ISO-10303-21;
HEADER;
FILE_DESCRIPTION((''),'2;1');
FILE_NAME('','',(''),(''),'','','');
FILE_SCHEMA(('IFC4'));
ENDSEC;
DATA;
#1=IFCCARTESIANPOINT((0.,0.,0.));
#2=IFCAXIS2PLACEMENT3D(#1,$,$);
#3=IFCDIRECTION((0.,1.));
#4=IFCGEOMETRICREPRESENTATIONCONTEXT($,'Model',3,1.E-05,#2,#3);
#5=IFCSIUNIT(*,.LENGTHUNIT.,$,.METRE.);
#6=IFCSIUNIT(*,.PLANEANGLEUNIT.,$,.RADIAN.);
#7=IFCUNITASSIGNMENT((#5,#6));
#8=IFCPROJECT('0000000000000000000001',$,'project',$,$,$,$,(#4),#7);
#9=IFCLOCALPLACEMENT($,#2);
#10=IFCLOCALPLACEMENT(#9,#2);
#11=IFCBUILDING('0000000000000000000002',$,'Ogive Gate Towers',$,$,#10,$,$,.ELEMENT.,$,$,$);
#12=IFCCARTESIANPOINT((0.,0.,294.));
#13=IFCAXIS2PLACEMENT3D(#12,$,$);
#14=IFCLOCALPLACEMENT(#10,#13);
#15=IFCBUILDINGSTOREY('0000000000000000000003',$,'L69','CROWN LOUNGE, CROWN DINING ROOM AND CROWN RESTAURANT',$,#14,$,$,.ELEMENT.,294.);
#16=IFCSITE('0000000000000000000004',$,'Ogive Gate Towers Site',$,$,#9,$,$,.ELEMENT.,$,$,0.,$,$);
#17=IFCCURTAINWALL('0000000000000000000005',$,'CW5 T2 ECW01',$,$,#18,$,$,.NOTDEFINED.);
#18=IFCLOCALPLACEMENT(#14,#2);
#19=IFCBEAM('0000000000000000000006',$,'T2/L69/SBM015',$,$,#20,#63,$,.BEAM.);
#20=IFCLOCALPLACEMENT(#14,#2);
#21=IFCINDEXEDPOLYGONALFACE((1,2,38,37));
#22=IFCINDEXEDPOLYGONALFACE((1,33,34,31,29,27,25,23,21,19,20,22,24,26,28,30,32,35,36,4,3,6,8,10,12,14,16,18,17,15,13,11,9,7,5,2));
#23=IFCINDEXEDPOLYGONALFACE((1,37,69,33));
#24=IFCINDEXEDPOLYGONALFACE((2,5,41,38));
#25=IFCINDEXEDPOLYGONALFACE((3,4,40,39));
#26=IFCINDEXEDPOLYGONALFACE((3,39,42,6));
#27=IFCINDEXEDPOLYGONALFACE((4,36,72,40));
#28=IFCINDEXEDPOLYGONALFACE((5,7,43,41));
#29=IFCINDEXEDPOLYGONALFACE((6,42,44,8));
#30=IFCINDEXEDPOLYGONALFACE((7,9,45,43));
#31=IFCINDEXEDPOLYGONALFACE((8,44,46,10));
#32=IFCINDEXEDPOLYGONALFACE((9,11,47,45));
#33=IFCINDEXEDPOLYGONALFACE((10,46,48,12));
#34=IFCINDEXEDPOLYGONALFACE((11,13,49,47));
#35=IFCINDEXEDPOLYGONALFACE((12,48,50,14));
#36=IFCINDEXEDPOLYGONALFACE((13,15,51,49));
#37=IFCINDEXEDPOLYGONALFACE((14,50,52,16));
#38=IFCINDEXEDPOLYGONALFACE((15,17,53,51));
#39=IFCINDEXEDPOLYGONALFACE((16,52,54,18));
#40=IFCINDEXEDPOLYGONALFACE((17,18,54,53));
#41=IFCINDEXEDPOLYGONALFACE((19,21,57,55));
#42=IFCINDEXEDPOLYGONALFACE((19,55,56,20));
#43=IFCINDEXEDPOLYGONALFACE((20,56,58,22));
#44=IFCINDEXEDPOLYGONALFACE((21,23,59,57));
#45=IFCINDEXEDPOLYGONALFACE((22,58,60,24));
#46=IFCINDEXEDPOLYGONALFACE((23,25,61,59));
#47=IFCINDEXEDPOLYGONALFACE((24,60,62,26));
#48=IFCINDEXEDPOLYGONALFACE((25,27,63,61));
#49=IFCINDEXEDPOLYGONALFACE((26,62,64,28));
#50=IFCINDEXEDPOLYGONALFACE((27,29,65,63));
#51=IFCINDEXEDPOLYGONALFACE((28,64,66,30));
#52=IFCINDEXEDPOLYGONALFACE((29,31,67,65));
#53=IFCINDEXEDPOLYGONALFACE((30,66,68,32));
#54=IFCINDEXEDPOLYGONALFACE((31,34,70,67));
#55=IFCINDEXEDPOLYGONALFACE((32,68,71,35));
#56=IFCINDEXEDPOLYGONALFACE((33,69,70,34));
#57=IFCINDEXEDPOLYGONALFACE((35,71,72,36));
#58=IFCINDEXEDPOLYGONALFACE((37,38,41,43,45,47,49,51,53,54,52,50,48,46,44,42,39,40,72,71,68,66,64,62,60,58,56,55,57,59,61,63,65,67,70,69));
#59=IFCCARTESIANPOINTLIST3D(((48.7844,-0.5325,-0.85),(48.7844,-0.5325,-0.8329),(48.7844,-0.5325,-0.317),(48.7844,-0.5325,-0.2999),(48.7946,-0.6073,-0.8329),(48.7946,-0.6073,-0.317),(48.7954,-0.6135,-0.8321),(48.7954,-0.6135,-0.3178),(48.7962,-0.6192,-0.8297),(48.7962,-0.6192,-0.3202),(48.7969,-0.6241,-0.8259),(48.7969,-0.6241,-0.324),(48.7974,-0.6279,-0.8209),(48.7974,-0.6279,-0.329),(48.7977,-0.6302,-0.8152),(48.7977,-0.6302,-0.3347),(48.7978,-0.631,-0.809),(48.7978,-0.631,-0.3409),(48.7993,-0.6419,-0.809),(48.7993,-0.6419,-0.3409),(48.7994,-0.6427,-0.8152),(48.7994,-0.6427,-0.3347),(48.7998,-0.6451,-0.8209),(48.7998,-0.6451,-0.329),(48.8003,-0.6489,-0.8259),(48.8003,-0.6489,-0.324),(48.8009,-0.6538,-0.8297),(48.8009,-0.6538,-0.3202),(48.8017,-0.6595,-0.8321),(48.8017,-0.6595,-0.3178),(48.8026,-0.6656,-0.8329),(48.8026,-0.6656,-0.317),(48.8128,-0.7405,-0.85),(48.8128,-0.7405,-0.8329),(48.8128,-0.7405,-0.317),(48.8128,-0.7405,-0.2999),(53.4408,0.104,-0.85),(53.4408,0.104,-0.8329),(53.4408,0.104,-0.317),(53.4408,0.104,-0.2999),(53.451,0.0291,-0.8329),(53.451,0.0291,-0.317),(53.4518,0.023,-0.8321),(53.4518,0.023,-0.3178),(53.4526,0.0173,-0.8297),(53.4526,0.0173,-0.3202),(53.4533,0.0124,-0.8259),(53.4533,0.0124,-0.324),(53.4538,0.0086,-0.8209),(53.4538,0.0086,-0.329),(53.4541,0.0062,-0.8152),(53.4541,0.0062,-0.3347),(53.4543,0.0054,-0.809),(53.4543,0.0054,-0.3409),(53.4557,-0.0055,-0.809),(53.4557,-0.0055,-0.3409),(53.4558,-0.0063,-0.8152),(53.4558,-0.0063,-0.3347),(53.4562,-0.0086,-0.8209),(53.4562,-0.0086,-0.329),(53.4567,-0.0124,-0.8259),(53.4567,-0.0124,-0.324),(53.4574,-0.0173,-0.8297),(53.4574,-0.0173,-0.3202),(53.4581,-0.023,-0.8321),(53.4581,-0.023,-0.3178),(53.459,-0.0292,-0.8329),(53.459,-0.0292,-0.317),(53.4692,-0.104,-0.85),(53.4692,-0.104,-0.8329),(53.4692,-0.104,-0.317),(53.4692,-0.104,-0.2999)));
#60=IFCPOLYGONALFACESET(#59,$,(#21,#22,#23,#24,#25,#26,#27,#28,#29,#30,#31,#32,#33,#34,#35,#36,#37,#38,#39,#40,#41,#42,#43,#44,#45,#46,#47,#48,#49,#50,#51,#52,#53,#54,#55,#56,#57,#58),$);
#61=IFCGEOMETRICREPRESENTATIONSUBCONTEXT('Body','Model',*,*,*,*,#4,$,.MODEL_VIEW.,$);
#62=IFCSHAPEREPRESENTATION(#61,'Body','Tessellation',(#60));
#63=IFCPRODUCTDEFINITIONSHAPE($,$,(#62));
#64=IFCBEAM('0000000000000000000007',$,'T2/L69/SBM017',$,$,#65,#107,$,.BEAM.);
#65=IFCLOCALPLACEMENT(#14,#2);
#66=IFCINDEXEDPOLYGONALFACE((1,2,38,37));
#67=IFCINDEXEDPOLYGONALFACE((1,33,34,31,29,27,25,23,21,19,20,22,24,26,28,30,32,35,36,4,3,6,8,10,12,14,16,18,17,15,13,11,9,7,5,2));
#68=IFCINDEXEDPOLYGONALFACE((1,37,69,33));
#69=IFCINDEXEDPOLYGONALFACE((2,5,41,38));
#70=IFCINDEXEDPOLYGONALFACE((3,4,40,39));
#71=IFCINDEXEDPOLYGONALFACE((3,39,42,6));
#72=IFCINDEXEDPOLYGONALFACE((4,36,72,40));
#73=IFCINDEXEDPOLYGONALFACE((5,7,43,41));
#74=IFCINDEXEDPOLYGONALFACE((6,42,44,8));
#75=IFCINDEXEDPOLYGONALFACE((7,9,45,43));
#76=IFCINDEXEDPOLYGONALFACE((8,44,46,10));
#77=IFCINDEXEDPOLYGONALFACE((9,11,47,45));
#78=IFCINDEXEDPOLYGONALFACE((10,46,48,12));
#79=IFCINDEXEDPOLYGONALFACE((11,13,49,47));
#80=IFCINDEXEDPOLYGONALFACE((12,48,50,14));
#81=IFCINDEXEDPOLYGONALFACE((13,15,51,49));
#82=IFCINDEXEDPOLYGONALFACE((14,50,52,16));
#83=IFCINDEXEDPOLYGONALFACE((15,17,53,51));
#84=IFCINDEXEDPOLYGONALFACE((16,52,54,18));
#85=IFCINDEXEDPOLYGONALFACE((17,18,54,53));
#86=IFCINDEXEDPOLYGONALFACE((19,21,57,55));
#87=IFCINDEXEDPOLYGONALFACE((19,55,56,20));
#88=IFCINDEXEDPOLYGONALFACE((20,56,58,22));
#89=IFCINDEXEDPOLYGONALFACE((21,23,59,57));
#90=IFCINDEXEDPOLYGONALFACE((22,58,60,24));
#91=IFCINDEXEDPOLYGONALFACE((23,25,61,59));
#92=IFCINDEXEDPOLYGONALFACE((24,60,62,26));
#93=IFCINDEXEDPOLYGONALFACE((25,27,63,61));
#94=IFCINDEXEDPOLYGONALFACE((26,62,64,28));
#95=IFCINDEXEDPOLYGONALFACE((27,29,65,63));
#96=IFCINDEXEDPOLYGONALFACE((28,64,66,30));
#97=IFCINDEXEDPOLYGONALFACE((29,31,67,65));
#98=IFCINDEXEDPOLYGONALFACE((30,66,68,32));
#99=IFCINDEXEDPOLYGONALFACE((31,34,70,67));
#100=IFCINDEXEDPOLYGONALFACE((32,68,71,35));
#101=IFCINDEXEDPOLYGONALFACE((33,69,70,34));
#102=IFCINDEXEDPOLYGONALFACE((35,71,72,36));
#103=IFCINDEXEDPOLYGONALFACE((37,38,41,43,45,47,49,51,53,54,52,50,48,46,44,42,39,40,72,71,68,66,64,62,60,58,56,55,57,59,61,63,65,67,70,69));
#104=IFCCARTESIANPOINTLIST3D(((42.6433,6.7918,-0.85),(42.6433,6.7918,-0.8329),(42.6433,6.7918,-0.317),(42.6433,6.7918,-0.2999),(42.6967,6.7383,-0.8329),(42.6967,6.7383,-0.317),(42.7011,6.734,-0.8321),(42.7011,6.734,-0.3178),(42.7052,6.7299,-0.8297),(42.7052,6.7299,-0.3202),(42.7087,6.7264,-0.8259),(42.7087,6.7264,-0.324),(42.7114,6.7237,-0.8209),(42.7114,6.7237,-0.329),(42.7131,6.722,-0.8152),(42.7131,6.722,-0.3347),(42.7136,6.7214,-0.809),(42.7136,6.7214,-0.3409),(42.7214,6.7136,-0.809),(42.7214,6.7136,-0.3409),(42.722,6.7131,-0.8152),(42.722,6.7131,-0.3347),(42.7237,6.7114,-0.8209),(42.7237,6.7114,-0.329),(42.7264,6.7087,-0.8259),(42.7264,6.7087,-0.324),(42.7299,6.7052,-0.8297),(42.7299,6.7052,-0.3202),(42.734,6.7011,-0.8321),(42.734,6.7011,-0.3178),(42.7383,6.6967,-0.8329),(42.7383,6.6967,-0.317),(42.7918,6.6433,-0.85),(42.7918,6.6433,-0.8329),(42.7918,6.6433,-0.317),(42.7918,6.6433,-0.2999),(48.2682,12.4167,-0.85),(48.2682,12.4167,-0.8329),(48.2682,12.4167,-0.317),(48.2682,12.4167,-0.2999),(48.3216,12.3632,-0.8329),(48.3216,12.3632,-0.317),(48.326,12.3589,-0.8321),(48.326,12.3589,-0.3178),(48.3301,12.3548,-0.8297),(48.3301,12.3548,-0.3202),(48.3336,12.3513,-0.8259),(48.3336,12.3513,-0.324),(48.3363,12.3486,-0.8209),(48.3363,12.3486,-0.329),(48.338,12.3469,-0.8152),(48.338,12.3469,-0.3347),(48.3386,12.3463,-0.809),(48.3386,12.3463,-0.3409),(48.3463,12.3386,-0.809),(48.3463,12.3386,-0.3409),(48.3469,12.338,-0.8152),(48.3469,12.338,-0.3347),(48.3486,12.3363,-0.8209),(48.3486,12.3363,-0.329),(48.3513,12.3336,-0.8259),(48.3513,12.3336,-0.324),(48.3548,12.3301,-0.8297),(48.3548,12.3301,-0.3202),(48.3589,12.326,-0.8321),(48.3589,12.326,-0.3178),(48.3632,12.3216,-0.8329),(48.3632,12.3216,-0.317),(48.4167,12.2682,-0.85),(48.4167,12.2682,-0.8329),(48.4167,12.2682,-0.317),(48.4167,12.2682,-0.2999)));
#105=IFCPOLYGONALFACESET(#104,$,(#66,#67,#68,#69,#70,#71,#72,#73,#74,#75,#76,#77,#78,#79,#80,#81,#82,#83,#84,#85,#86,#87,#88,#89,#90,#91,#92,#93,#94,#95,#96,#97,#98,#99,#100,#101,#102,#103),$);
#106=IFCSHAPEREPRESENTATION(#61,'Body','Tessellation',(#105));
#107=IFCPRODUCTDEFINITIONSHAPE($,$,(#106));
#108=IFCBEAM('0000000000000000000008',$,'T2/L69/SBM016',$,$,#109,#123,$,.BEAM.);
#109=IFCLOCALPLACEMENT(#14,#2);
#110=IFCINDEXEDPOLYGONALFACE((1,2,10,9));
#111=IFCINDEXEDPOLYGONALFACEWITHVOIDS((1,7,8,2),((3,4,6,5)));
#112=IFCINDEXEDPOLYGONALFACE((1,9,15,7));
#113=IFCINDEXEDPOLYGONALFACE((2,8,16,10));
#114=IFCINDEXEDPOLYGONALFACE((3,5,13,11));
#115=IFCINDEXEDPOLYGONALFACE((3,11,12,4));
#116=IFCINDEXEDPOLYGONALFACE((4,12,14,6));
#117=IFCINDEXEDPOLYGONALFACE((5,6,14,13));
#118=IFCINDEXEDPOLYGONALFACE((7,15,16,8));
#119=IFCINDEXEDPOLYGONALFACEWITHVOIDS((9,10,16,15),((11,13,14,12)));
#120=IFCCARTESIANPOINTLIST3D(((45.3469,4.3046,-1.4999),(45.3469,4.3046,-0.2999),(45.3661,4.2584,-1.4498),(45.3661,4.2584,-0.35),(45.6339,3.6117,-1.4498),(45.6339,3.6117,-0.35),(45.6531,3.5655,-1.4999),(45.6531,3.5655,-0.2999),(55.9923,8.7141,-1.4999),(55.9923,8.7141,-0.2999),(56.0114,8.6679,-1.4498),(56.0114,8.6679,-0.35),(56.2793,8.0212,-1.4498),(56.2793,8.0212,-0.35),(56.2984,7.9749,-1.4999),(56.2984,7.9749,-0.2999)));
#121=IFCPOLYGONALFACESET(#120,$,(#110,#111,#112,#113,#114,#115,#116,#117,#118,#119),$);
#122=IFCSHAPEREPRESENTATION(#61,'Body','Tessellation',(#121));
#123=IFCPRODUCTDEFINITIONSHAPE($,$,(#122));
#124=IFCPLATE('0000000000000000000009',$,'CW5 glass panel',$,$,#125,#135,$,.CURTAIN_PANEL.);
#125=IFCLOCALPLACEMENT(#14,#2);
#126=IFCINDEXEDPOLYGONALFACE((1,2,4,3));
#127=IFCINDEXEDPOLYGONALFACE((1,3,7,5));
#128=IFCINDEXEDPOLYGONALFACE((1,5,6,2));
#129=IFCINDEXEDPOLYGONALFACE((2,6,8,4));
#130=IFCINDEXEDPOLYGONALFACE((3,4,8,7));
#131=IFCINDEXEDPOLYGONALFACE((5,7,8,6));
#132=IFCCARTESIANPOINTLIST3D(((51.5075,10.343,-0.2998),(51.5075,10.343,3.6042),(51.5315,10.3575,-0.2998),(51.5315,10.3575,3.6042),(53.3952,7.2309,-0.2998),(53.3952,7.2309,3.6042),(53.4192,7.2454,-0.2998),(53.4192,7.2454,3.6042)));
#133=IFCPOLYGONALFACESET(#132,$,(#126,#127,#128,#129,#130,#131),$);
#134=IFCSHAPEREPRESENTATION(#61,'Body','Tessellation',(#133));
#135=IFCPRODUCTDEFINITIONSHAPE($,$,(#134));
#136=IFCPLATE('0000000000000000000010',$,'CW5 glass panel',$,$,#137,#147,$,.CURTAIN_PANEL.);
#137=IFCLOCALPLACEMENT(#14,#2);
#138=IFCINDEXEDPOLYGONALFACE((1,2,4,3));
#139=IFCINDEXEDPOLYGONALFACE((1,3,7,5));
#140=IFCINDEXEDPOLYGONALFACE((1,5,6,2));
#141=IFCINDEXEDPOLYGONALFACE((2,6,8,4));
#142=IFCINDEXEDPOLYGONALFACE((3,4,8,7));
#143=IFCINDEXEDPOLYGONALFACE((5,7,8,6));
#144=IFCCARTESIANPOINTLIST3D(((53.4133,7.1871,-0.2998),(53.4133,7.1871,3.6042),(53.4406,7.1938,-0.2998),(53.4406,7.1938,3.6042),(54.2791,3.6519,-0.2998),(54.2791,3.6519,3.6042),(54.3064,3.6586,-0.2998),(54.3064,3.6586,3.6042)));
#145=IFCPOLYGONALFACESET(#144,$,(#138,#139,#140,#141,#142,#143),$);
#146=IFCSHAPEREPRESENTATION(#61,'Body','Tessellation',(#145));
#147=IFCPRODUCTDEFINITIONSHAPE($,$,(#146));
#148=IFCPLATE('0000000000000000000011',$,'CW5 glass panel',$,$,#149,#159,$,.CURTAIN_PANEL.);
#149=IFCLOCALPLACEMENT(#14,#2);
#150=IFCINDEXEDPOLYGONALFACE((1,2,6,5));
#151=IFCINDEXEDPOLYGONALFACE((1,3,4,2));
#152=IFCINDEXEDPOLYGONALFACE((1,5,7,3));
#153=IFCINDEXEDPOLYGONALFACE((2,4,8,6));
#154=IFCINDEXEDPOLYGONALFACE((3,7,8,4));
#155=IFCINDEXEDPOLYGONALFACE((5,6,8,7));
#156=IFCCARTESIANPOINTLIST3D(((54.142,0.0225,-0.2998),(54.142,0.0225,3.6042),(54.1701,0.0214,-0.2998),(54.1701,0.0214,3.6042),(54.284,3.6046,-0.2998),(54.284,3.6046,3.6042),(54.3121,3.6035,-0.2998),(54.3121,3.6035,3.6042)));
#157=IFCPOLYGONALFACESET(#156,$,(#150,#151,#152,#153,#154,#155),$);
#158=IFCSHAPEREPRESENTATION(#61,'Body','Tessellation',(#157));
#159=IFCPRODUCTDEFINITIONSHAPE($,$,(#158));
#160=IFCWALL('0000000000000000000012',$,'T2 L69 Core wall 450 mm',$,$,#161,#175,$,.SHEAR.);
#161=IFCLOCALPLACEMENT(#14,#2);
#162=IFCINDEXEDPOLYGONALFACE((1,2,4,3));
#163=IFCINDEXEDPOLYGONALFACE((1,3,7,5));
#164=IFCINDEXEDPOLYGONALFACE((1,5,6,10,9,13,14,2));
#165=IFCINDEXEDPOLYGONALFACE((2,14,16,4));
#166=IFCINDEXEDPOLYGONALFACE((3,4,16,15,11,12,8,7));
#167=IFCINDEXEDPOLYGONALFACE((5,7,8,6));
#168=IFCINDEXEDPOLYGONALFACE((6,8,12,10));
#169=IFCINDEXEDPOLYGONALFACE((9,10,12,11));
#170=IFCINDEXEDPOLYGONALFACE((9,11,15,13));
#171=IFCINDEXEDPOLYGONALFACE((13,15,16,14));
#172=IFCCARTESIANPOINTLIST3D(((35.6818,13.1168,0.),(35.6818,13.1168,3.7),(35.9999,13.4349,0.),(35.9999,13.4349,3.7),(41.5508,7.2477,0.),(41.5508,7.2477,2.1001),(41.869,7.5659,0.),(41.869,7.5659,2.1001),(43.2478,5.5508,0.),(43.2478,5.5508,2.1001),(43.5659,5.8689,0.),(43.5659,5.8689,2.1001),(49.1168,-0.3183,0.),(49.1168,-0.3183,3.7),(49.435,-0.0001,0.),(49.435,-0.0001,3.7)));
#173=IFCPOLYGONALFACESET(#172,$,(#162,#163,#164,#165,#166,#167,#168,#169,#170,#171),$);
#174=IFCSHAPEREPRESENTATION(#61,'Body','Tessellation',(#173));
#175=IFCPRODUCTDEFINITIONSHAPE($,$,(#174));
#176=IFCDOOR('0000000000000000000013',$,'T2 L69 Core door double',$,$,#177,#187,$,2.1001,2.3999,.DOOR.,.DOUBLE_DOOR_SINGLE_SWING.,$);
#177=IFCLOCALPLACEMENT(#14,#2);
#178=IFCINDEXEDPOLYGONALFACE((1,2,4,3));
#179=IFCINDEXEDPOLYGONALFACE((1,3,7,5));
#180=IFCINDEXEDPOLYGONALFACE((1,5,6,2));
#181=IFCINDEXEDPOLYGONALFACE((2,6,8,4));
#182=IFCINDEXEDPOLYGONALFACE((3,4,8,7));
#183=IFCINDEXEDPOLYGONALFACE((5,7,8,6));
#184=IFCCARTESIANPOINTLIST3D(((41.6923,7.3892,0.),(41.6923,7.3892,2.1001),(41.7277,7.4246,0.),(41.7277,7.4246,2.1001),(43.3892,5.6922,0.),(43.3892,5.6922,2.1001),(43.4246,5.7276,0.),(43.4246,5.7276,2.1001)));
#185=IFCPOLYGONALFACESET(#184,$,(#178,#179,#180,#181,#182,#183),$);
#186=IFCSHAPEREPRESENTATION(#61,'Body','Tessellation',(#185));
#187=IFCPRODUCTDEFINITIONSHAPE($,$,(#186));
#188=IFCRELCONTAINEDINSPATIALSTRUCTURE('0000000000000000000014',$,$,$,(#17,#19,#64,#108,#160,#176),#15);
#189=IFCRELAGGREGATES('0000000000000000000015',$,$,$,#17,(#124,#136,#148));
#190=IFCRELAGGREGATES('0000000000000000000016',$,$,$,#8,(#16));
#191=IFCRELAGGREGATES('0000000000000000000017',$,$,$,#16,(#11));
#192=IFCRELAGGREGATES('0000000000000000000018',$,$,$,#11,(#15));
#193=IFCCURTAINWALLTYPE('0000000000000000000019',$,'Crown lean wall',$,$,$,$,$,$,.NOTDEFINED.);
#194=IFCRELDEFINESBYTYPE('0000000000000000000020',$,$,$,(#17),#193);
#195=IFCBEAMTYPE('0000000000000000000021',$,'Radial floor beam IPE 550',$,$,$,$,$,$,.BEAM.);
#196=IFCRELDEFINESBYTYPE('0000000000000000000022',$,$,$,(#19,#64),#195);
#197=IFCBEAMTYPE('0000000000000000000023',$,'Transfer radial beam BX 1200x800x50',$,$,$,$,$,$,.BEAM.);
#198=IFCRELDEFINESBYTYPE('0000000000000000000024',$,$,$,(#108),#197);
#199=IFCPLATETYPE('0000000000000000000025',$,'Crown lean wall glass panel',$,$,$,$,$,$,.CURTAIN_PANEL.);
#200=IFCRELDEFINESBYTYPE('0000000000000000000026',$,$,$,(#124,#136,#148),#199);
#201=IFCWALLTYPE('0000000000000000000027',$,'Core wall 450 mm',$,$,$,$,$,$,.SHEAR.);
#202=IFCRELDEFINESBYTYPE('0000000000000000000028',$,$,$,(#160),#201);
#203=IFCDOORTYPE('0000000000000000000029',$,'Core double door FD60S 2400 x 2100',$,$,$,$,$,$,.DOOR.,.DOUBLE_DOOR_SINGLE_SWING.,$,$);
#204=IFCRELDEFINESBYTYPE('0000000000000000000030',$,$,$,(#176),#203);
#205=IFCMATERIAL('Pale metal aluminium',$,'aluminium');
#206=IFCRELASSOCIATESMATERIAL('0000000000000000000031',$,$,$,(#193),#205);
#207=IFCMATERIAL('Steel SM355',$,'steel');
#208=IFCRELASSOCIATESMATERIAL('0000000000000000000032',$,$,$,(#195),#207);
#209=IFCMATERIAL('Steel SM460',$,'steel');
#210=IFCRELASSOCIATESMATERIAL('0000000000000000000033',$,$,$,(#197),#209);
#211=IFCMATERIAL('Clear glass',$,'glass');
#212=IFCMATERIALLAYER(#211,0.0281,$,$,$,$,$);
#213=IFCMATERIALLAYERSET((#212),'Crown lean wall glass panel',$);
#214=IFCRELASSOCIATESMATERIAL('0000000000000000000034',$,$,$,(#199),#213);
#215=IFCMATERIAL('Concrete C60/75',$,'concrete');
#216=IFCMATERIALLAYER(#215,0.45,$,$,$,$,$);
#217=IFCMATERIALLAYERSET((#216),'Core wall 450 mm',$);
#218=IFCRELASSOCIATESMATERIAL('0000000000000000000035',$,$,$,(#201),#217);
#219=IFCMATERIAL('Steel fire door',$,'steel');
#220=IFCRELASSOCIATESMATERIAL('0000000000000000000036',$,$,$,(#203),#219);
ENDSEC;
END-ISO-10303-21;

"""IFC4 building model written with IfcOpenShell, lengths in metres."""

from ifc_helpers import new_model, si_unit, direction, frame, frame_2d, origin, origin_2d, place, context, subcontext, project, spatial, rectangle, hollow_rectangle, i_section, extrude, material, layer, layer_set, material_profile, profile_set, type_object, element, fill, aggregate, save


model = new_model("IFC4")

# Units and contexts
model_context = context("Model", 3, precision=1e-05, world=origin(), true_north=direction((0.0, 1.0)))
body_context = subcontext(model_context, "Body", "Model", "MODEL_VIEW")
ifc_project = project(units=[si_unit("LENGTHUNIT", "METRE"), si_unit("PLANEANGLEUNIT", "RADIAN")], contexts=[model_context])

# Site, building, storey
site_placement = place(None, origin())
site = spatial("IfcSite", under=ifc_project, at=site_placement, Name="Ogive Gate Towers Site", CompositionType="ELEMENT", RefElevation=0.0)
building_placement = place(site_placement, origin())
building = spatial("IfcBuilding", under=site, at=building_placement, Name="Ogive Gate Towers", CompositionType="ELEMENT")
storey_placement = place(building_placement, frame((0.0, 0.0, 294.0)))
storey = spatial("IfcBuildingStorey", under=building, at=storey_placement, Name="L69", Description="CROWN LOUNGE, CROWN DINING ROOM AND CROWN RESTAURANT", CompositionType="ELEMENT", Elevation=294.0)

# Shared definitions
ifc_material_1 = material(Name="Steel SM460", Category="steel")

# Curtain wall
ifc_material_2 = material(Name="Pale metal aluminium", Category="aluminium")
curtain_wall_type = type_object("IfcCurtainWallType", Name="Crown lean wall", PredefinedType="NOTDEFINED", material=ifc_material_2)
curtain_wall_1_placement = place(storey_placement, origin())
curtain_wall_1 = element("IfcCurtainWall", 1, at=curtain_wall_1_placement, inside=storey, type_object=curtain_wall_type, Name="CW5 T2 ECW01", PredefinedType="NOTDEFINED")

# Beams
ifc_material_3 = material(Name="Steel SM355", Category="steel")
ifc_material_profile_1 = material_profile(ifc_material_3, i_section(OverallWidth=0.21, OverallDepth=0.55, WebThickness=0.011, FlangeThickness=0.0171, FilletRadius=0.0239, at=origin_2d()), Name="IPE 550")
ifc_profile_set_1 = profile_set([ifc_material_profile_1], Name="Steel SM355")
beam_type_1 = type_object("IfcBeamType", Name="Radial floor beam IPE 550", PredefinedType="BEAM", material=ifc_profile_set_1)
beam_1_placement = place(storey_placement, frame((48.7986, -0.6365, -0.575), z_axis=(0.990787, 0.135426, 0.0), x_axis=(-0.135426, 0.990787, 0.0)))
element("IfcBeam", 2, at=beam_1_placement, inside=storey, type_object=beam_type_1, Name="T2/L69/SBM015", PredefinedType="BEAM", context=body_context, shape_type="SweptSolid", body=[
    extrude(i_section(OverallWidth=0.21, OverallDepth=0.55, WebThickness=0.011, FlangeThickness=0.0171, FilletRadius=0.0239, at=origin_2d()), origin(), (0.0, 0.0, 1.0), 4.6997),
])
beam_2_placement = place(storey_placement, frame((42.7175, 6.7175, -0.575), z_axis=(0.707107, 0.707107, 0.0), x_axis=(-0.707107, 0.707107, 0.0)))
element("IfcBeam", 3, at=beam_2_placement, inside=storey, type_object=beam_type_1, Name="T2/L69/SBM017", PredefinedType="BEAM", context=body_context, shape_type="SweptSolid", body=[
    extrude(i_section(OverallWidth=0.21, OverallDepth=0.55, WebThickness=0.011, FlangeThickness=0.0171, FilletRadius=0.0239, at=origin_2d()), origin(), (0.0, 0.0, 1.0), 7.9548),
])
ifc_material_profile_2 = material_profile(ifc_material_1, hollow_rectangle(XDim=0.8, YDim=1.2, WallThickness=0.05, at=origin_2d()), Name="BX 1200x800x50")
ifc_profile_set_2 = profile_set([ifc_material_profile_2], Name="Steel SM460")
beam_type_2 = type_object("IfcBeamType", Name="Transfer radial beam BX 1200x800x50", PredefinedType="BEAM", material=ifc_profile_set_2)
beam_3_placement = place(storey_placement, frame((45.5, 3.9351, -0.8999), z_axis=(0.923879, 0.382684, 0.0), x_axis=(-0.382684, 0.923879, 0.0)))
element("IfcBeam", 4, at=beam_3_placement, inside=storey, type_object=beam_type_2, Name="T2/L69/SBM016", PredefinedType="BEAM", context=body_context, shape_type="SweptSolid", body=[
    extrude(hollow_rectangle(XDim=0.8, YDim=1.2, WallThickness=0.05, at=origin_2d()), origin(), (0.0, 0.0, 1.0), 11.5225),
])

# Plates
ifc_material_4 = material(Name="Clear glass", Category="glass")
ifc_layer_1 = layer(ifc_material_4, 0.0281)
ifc_layer_set_1 = layer_set([ifc_layer_1], Name="Crown lean wall glass panel")
plate_type = type_object("IfcPlateType", Name="Crown lean wall glass panel", PredefinedType="CURTAIN_PANEL", material=ifc_layer_set_1)
plate_1_placement = place(storey_placement, frame((52.4634, 8.7942, -0.2998), z_axis=(0.0, 0.0, 1.0), x_axis=(0.518624, -0.855002, 0.0)))
plate_1 = element("IfcPlate", 5, at=plate_1_placement, type_object=plate_type, Name="CW5 glass panel", PredefinedType="CURTAIN_PANEL", context=body_context, shape_type="SweptSolid", body=[
    extrude(rectangle(XDim=3.6399, YDim=0.0281, at=origin_2d()), origin(), (0.0, 0.0, 1.0), 3.9041),
])
plate_2_placement = place(storey_placement, frame((53.8599, 5.4229, -0.2998), z_axis=(0.0, 0.0, 1.0), x_axis=(0.237872, -0.971296, 0.0)))
plate_2 = element("IfcPlate", 6, at=plate_2_placement, type_object=plate_type, Name="CW5 glass panel", PredefinedType="CURTAIN_PANEL", context=body_context, shape_type="SweptSolid", body=[
    extrude(rectangle(XDim=3.6396, YDim=0.0281, at=origin_2d()), origin(), (0.0, 0.0, 1.0), 3.9041),
])
plate_3_placement = place(storey_placement, frame((54.2271, 1.813, -0.2998), z_axis=(0.0, 0.0, 1.0), x_axis=(-0.039609, -0.999215, 0.0)))
plate_3 = element("IfcPlate", 7, at=plate_3_placement, type_object=plate_type, Name="CW5 glass panel", PredefinedType="CURTAIN_PANEL", context=body_context, shape_type="SweptSolid", body=[
    extrude(rectangle(XDim=3.585, YDim=0.0281, at=origin_2d()), origin(), (0.0, 0.0, 1.0), 3.9041),
])
aggregate(curtain_wall_1, [plate_1, plate_2, plate_3])

# Wall, opening, door
ifc_material_5 = material(Name="Concrete C60/75", Category="concrete")
ifc_layer_2 = layer(ifc_material_5, 0.45)
ifc_layer_set_2 = layer_set([ifc_layer_2], Name="Core wall 450 mm")
wall_type_1 = type_object("IfcWallType", Name="Core wall 450 mm", PredefinedType="SHEAR", material=ifc_layer_set_2)
wall_1_placement = place(storey_placement, frame((49.2759, -0.1592, 0.0), z_axis=(0.0, 0.0, 1.0), x_axis=(-0.707107, 0.707107, 0.0)))
wall_1 = element("IfcWall", 8, at=wall_1_placement, inside=storey, type_object=wall_type_1, Name="T2 L69 Core wall 450 mm", PredefinedType="SHEAR", context=body_context, shape_type="SweptSolid", body=[
    extrude(rectangle(XDim=19.0, YDim=0.45, at=frame_2d((9.5, 0.0))), origin(), (0.0, 0.0, 1.0), 3.7),
])
opening_1_placement = place(wall_1_placement, frame((8.3, 0.0, 0.0)))
opening_1 = element("IfcOpeningElement", 9, at=opening_1_placement, cuts=wall_1, PredefinedType="OPENING", context=body_context, shape_type="SweptSolid", body=[
    extrude(rectangle(XDim=2.3999, YDim=2.1001, at=frame_2d((1.2, 1.05))), frame((0.0, 0.2349, 0.0), z_axis=(0.0, -1.0, 0.0), x_axis=(1.0, 0.0, 0.0)), (0.0, 0.0, 1.0), 0.47),
])
ifc_material_6 = material(Name="Steel fire door", Category="steel")
door_type_1 = type_object("IfcDoorType", Name="Core double door FD60S 2400 x 2100", OperationType="DOUBLE_DOOR_SINGLE_SWING", PredefinedType="DOOR", material=ifc_material_6)
door_1_placement = place(opening_1_placement, origin())
door_1 = element("IfcDoor", 10, at=door_1_placement, inside=storey, type_object=door_type_1, Name="T2 L69 Core door double", OperationType="DOUBLE_DOOR_SINGLE_SWING", OverallHeight=2.1001, OverallWidth=2.3999, PredefinedType="DOOR", context=body_context, shape_type="SweptSolid", body=[
    extrude(rectangle(XDim=2.3999, YDim=2.1001, at=frame_2d((1.2, 1.05))), frame((0.0, 0.0249, 0.0), z_axis=(0.0, -1.0, 0.0), x_axis=(1.0, 0.0, 0.0)), (0.0, 0.0, 1.0), 0.05),
])
fill(opening_1, door_1)

save(model, "model.ifc")
